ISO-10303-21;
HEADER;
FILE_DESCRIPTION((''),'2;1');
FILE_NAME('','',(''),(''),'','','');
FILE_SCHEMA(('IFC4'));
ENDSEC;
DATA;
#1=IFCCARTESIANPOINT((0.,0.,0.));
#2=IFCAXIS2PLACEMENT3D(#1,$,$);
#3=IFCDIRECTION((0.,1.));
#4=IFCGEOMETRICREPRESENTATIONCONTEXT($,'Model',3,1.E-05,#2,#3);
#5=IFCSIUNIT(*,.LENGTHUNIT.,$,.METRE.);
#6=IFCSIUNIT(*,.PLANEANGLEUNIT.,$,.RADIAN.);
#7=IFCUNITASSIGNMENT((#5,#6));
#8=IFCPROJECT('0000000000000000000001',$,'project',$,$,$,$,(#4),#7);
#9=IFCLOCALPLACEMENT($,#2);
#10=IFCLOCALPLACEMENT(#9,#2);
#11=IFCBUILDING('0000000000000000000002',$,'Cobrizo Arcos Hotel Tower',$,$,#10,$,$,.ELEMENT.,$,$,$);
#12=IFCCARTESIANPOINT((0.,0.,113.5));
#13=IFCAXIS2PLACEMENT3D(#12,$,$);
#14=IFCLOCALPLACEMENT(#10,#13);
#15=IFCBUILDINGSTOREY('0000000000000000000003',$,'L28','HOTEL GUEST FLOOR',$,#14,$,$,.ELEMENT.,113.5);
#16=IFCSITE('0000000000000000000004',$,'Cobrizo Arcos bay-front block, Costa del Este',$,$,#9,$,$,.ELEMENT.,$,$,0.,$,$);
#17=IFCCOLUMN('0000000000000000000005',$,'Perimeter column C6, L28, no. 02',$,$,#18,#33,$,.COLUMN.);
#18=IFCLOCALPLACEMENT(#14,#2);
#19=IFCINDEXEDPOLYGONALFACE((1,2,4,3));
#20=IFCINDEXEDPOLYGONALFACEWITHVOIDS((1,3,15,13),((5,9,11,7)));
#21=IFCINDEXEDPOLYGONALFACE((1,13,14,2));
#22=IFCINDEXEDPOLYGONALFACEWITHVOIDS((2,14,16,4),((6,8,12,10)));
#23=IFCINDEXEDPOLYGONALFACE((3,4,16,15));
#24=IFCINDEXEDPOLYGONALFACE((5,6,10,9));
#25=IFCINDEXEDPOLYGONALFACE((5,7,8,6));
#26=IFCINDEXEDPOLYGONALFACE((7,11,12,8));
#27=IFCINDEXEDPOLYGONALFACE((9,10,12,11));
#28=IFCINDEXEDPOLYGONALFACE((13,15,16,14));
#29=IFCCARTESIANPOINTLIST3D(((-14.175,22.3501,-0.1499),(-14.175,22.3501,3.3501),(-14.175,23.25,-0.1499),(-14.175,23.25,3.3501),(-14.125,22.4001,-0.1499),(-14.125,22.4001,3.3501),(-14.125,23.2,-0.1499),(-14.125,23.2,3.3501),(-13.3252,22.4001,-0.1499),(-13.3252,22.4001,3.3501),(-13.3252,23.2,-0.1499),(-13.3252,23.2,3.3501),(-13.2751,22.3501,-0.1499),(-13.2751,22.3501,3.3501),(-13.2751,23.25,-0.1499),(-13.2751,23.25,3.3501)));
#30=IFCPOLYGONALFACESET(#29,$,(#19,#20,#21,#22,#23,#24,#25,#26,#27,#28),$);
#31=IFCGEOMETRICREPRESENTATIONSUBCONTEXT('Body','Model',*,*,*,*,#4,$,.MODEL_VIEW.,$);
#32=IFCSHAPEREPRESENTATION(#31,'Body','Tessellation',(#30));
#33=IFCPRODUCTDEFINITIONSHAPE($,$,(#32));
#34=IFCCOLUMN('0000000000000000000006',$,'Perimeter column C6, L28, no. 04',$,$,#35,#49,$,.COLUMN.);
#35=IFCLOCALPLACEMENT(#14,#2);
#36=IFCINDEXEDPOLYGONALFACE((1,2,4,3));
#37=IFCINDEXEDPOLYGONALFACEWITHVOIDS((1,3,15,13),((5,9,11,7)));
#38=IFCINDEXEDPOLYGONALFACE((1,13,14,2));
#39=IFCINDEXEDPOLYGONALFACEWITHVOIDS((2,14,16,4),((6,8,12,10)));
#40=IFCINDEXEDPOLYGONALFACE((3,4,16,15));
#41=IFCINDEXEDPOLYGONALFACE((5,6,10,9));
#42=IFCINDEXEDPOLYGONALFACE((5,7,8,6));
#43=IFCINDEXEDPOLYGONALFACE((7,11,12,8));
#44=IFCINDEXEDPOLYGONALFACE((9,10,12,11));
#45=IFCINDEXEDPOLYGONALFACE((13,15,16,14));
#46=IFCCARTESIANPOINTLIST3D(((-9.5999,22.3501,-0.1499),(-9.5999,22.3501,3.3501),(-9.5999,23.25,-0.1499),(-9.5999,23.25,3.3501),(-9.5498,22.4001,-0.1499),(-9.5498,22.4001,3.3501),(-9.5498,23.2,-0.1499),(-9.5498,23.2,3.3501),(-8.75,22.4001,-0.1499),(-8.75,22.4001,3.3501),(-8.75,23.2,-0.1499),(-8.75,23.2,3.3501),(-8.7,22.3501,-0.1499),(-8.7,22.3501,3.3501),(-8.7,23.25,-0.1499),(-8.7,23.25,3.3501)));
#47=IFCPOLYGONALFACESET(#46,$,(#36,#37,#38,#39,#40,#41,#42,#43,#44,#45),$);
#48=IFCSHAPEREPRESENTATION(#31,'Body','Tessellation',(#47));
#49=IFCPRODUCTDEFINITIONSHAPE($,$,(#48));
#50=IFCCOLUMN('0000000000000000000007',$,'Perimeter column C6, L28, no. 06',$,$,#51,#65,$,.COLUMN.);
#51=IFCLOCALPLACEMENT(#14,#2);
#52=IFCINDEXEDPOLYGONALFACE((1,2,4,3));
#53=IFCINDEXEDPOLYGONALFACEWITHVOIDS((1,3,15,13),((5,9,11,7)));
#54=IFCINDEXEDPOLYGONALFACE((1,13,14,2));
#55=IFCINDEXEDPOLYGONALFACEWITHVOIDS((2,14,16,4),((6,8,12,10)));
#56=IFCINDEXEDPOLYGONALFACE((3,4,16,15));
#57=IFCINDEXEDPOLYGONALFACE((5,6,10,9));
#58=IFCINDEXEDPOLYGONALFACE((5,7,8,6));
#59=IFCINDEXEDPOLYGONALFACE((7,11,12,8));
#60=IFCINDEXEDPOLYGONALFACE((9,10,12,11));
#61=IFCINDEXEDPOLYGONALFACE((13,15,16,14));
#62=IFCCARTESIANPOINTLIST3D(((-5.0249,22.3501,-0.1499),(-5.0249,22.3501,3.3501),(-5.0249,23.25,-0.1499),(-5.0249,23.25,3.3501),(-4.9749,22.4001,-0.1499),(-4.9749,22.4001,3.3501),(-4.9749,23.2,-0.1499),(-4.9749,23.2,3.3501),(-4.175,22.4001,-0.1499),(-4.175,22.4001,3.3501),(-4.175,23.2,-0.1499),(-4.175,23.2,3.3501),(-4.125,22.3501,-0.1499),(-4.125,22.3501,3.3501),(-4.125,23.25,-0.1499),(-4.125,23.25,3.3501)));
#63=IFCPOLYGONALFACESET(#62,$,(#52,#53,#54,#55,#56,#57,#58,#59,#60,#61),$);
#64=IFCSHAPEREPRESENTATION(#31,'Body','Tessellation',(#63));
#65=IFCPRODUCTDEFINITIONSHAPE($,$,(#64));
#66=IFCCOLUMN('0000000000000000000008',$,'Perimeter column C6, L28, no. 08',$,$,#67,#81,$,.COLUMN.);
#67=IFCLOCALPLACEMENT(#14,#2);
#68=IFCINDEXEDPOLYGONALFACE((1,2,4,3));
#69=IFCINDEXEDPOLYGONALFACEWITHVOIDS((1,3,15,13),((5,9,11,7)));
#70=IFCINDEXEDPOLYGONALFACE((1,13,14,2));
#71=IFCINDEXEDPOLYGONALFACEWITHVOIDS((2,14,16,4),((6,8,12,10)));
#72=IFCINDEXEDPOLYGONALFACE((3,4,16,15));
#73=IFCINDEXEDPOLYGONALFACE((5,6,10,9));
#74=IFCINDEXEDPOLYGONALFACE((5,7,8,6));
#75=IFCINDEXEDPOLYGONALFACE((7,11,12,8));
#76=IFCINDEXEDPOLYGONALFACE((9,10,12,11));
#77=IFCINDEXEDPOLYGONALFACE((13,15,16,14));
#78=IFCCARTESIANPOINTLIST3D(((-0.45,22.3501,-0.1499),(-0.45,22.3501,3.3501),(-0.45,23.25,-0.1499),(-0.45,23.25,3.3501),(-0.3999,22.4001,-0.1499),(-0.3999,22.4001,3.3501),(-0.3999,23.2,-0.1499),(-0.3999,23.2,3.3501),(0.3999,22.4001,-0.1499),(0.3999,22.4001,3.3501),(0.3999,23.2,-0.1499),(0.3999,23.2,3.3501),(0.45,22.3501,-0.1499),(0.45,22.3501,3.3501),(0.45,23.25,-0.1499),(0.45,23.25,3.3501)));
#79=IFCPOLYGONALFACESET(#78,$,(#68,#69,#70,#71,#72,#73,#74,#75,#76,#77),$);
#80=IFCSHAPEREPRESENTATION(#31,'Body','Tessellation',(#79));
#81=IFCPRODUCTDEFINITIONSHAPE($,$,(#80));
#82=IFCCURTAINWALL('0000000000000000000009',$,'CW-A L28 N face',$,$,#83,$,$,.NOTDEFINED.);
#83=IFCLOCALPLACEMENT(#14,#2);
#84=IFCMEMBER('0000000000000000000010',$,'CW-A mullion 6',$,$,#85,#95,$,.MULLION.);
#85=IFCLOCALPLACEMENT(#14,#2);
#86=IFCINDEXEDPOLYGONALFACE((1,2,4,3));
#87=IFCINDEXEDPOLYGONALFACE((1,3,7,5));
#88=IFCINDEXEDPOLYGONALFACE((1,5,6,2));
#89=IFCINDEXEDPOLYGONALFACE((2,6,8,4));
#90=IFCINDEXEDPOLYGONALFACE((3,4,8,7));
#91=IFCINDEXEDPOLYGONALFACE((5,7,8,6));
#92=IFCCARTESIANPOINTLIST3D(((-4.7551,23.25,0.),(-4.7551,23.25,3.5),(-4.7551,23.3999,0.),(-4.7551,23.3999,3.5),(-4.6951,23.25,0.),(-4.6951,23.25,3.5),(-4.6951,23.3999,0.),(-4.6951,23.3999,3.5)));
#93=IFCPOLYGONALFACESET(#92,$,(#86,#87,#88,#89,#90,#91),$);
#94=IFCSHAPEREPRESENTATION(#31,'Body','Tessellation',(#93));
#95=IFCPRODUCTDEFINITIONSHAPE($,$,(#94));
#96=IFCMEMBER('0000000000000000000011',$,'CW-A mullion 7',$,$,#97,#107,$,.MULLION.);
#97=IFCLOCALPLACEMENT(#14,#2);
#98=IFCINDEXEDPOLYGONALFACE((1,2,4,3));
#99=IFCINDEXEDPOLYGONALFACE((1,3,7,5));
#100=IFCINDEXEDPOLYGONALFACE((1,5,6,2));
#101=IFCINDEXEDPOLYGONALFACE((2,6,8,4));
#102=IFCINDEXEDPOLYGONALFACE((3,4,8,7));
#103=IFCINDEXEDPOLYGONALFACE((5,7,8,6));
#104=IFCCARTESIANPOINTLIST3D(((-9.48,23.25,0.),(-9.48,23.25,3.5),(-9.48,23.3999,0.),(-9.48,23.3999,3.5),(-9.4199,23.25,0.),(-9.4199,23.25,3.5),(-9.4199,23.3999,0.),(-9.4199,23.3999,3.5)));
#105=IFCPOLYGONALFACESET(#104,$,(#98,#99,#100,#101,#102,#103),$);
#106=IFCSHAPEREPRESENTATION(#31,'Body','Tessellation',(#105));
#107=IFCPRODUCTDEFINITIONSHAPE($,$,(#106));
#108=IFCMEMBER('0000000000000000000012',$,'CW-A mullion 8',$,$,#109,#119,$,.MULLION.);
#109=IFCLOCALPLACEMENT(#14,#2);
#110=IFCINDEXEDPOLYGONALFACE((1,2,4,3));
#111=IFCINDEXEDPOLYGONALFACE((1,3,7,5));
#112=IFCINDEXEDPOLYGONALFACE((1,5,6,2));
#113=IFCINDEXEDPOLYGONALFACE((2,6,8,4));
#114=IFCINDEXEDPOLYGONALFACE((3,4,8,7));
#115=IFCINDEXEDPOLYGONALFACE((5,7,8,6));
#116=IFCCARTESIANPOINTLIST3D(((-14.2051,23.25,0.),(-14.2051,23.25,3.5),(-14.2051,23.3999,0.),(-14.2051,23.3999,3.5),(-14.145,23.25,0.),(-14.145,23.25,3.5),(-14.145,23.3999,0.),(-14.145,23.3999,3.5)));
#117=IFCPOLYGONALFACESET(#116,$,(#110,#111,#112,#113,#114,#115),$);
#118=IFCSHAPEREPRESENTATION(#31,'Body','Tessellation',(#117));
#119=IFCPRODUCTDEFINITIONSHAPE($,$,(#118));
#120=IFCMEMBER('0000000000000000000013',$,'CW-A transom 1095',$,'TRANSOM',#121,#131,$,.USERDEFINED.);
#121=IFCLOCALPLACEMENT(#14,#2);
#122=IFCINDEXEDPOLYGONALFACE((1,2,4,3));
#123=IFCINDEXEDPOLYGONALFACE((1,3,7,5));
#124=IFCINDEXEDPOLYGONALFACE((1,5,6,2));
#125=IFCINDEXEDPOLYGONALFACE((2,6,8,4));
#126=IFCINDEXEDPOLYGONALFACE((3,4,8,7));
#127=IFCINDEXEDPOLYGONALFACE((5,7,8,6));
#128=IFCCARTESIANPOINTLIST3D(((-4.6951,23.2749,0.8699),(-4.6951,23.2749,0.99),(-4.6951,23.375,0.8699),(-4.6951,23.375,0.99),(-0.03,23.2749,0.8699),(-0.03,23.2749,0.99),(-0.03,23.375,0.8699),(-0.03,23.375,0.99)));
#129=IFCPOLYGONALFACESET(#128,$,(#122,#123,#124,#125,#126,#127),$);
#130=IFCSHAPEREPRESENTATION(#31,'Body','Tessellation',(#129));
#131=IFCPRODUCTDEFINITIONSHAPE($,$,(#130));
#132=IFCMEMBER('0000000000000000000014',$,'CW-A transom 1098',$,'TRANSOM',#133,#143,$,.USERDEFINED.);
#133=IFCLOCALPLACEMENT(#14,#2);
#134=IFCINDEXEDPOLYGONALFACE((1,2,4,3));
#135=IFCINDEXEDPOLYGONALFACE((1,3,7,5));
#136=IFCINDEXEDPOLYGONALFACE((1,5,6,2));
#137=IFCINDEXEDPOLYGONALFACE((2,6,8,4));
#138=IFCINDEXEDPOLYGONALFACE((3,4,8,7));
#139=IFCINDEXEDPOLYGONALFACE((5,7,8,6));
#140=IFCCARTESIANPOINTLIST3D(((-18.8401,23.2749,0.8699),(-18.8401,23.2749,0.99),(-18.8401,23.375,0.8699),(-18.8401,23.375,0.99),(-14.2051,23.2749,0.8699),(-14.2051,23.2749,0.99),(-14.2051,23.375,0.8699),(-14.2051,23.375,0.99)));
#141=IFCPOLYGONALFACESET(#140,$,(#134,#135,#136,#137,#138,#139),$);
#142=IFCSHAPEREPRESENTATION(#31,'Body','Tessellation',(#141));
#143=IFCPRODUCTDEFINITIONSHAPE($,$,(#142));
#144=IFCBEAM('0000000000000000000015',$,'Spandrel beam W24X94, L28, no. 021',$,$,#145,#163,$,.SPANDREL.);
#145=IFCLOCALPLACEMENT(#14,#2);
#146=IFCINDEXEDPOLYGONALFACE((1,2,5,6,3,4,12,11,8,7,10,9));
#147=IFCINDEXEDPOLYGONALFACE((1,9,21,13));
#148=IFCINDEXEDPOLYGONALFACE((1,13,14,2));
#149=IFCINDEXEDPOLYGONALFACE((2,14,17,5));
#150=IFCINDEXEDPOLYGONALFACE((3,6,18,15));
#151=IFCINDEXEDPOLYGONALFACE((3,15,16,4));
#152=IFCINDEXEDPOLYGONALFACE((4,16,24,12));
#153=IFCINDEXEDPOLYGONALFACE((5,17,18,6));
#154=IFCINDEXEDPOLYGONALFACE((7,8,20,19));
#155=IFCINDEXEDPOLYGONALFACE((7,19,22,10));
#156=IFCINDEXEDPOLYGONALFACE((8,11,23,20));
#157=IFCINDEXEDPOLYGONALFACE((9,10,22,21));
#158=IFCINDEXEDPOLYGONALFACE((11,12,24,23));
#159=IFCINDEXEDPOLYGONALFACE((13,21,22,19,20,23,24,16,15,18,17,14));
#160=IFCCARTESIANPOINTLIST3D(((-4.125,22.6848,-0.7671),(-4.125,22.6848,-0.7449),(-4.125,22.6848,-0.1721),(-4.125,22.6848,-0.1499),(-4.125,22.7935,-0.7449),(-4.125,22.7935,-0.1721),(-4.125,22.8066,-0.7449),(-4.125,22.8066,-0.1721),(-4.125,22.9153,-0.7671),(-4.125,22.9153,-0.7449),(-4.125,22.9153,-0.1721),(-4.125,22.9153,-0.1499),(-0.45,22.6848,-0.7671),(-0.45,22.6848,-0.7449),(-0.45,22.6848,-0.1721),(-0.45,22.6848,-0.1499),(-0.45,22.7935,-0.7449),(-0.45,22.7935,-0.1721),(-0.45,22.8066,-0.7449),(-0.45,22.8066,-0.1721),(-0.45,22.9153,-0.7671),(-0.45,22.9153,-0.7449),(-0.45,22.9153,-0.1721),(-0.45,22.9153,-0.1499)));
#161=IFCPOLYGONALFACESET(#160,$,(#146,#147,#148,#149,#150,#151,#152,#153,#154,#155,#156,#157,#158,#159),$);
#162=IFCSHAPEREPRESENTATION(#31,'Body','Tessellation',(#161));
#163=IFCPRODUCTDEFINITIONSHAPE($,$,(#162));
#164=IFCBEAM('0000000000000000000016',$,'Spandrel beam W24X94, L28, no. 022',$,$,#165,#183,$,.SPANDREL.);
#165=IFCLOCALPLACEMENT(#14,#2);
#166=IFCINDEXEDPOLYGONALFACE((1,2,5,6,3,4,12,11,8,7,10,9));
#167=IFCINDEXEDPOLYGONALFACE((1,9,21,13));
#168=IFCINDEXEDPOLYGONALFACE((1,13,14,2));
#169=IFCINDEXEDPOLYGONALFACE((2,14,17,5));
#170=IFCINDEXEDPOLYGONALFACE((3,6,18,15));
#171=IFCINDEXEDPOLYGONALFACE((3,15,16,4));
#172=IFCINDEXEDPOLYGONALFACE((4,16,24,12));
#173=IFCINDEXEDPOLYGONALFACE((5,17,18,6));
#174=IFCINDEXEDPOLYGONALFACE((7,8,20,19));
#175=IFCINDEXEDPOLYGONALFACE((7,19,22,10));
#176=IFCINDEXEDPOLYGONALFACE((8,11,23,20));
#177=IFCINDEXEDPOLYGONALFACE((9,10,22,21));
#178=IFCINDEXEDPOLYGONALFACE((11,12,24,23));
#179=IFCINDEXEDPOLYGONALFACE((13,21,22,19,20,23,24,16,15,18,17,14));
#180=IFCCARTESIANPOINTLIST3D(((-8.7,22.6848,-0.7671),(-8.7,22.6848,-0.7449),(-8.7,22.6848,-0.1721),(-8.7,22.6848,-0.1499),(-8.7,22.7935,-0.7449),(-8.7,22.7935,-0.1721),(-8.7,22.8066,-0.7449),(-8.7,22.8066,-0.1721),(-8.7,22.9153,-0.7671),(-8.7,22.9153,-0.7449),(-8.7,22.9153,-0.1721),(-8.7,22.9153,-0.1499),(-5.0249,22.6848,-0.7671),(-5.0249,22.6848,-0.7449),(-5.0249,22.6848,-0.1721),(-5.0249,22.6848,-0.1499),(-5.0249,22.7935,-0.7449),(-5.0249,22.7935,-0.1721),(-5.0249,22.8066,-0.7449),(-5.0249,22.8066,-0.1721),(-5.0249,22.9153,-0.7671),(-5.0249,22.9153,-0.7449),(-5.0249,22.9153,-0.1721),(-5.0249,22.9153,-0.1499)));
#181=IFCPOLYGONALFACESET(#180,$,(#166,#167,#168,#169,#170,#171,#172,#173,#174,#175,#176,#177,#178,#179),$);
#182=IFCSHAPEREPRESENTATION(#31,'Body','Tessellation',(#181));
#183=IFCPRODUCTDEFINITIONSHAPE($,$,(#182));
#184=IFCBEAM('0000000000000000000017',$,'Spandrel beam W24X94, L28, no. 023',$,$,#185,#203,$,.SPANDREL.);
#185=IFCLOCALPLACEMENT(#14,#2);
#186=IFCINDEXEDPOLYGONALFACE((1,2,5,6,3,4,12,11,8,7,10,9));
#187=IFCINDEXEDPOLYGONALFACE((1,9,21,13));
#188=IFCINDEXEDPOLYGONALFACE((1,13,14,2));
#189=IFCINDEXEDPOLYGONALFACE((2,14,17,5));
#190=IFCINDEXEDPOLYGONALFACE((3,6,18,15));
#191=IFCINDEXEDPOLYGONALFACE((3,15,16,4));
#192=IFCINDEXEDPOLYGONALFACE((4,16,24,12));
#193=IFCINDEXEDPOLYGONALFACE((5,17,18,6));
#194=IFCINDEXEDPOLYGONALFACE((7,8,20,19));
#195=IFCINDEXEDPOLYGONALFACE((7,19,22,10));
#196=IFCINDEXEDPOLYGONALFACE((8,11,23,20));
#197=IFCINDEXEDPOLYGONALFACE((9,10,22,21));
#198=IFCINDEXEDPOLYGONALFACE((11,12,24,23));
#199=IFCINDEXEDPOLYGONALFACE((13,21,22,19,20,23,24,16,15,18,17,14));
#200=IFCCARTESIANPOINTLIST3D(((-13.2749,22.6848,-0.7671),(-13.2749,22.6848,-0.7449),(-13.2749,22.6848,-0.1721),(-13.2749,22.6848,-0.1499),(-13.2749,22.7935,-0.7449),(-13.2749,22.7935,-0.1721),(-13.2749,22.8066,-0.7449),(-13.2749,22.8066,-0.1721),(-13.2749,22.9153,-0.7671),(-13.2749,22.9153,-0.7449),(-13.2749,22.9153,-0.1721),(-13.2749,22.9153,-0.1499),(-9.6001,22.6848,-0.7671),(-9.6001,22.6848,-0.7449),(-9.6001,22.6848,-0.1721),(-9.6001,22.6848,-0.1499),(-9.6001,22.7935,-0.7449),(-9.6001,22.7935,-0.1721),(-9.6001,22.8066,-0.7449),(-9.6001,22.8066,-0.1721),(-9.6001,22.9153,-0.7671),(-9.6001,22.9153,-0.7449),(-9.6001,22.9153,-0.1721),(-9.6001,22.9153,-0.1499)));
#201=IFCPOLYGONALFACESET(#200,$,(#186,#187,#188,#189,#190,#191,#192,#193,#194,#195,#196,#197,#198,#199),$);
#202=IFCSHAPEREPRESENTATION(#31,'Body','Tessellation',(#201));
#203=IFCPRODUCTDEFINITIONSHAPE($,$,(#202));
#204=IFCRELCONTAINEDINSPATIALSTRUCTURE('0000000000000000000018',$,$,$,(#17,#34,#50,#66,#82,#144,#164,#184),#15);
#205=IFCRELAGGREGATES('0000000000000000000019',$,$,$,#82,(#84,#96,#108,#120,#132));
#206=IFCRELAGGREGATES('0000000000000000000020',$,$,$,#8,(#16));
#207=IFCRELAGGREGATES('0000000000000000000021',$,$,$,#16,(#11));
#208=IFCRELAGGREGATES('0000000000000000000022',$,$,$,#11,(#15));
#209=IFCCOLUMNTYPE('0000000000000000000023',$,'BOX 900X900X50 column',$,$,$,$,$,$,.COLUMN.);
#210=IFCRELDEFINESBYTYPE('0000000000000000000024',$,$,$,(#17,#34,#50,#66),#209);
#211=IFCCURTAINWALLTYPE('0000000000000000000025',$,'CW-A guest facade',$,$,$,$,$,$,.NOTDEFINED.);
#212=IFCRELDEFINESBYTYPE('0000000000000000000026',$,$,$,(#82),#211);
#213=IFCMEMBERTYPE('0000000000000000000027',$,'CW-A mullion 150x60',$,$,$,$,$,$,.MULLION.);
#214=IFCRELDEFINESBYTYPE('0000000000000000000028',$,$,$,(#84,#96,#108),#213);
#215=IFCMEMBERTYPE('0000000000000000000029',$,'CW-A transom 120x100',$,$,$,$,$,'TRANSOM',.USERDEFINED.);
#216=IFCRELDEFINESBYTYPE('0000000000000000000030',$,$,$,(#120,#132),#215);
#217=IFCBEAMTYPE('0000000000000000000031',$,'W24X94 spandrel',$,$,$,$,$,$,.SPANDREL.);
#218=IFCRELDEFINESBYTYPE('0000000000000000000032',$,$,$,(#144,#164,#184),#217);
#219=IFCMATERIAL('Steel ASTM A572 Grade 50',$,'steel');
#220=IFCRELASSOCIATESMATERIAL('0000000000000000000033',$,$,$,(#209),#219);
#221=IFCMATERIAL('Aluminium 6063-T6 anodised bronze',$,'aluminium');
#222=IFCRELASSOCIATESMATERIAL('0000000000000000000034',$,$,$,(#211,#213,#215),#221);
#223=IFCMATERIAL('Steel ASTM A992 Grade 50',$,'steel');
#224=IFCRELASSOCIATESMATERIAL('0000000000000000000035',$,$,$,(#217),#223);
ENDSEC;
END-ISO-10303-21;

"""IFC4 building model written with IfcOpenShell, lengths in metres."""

from ifc_helpers import new_model, si_unit, direction, frame, origin, origin_2d, place, context, subcontext, project, spatial, rectangle, hollow_rectangle, i_section, extrude, material, material_profile, profile_set, type_object, element, aggregate, save


model = new_model("IFC4")

# Units and contexts
model_context = context("Model", 3, precision=1e-05, world=origin(), true_north=direction((0.0, 1.0)))
body_context = subcontext(model_context, "Body", "Model", "MODEL_VIEW")
ifc_project = project(units=[si_unit("LENGTHUNIT", "METRE"), si_unit("PLANEANGLEUNIT", "RADIAN")], contexts=[model_context])

# Site, building, storey
site_placement = place(None, origin())
site = spatial("IfcSite", under=ifc_project, at=site_placement, Name="Cobrizo Arcos bay-front block, Costa del Este", CompositionType="ELEMENT", RefElevation=0.0)
building_placement = place(site_placement, origin())
building = spatial("IfcBuilding", under=site, at=building_placement, Name="Cobrizo Arcos Hotel Tower", CompositionType="ELEMENT")
storey_placement = place(building_placement, frame((0.0, 0.0, 113.5)))
storey = spatial("IfcBuildingStorey", under=building, at=storey_placement, Name="L28", Description="HOTEL GUEST FLOOR", CompositionType="ELEMENT", Elevation=113.5)

# Columns
ifc_material_1 = material(Name="Steel ASTM A572 Grade 50", Category="steel")
ifc_material_profile_1 = material_profile(ifc_material_1, hollow_rectangle(XDim=0.8999, YDim=0.8999, WallThickness=0.05, at=origin_2d()), Name="BOX 900X900X50")
ifc_profile_set_1 = profile_set([ifc_material_profile_1], Name="Steel ASTM A572 Grade 50")
column_type = type_object("IfcColumnType", Name="BOX 900X900X50 column", PredefinedType="COLUMN", material=ifc_profile_set_1)
for number, where, z_axis, x_axis, name in (
    (1, (-13.7251, 22.8, -0.1499), (0.0, 0.0, 1.0), (1.0, 0.0, 0.0), "Perimeter column C6, L28, no. 02"),
    (2, (-9.1499, 22.8, -0.1499), (0.0, 0.0, 1.0), (1.0, 0.0, 0.0), "Perimeter column C6, L28, no. 04"),
    (3, (-4.575, 22.8, -0.1499), (0.0, 0.0, 1.0), (1.0, 0.0, 0.0), "Perimeter column C6, L28, no. 06"),
    (4, (0.0, 22.8, -0.1499), (0.0, 0.0, 1.0), (1.0, 0.0, 0.0), "Perimeter column C6, L28, no. 08"),
):
    element("IfcColumn", number, at=place(storey_placement, frame(where, z_axis=z_axis, x_axis=x_axis)), inside=storey, type_object=column_type, Name=name, PredefinedType="COLUMN", context=body_context, shape_type="SweptSolid", body=[
        extrude(hollow_rectangle(XDim=0.8999, YDim=0.8999, WallThickness=0.05, at=origin_2d()), origin(), (0.0, 0.0, 1.0), 3.5),
    ])

# Curtain wall, members
ifc_material_2 = material(Name="Aluminium 6063-T6 anodised bronze", Category="aluminium")
curtain_wall_type = type_object("IfcCurtainWallType", Name="CW-A guest facade", PredefinedType="NOTDEFINED", material=ifc_material_2)
curtain_wall_placement = place(storey_placement, origin())
curtain_wall = element("IfcCurtainWall", 5, at=curtain_wall_placement, inside=storey, type_object=curtain_wall_type, Name="CW-A L28 N face", PredefinedType="NOTDEFINED")
ifc_material_profile_2 = material_profile(ifc_material_2, rectangle(XDim=0.1499, YDim=0.0601, at=origin_2d()), Name="CW-A mullion 150x60")
ifc_profile_set_2 = profile_set([ifc_material_profile_2], Name="Aluminium 6063-T6 anodised bronze")
member_type_1 = type_object("IfcMemberType", Name="CW-A mullion 150x60", PredefinedType="MULLION", material=ifc_profile_set_2)
member_1_placement = place(storey_placement, frame((-4.7251, 23.325, 0.0), z_axis=(0.0, 0.0, 1.0), x_axis=(0.0, 1.0, 0.0)))
member_1 = element("IfcMember", 6, at=member_1_placement, type_object=member_type_1, Name="CW-A mullion 6", PredefinedType="MULLION", context=body_context, shape_type="SweptSolid", body=[
    extrude(rectangle(XDim=0.1499, YDim=0.0601, at=origin_2d()), origin(), (0.0, 0.0, 1.0), 3.5),
])
member_2_placement = place(storey_placement, frame((-9.45, 23.325, 0.0), z_axis=(0.0, 0.0, 1.0), x_axis=(0.0, 1.0, 0.0)))
member_2 = element("IfcMember", 7, at=member_2_placement, type_object=member_type_1, Name="CW-A mullion 7", PredefinedType="MULLION", context=body_context, shape_type="SweptSolid", body=[
    extrude(rectangle(XDim=0.1499, YDim=0.0601, at=origin_2d()), origin(), (0.0, 0.0, 1.0), 3.5),
])
member_3_placement = place(storey_placement, frame((-14.175, 23.325, 0.0), z_axis=(0.0, 0.0, 1.0), x_axis=(0.0, 1.0, 0.0)))
member_3 = element("IfcMember", 8, at=member_3_placement, type_object=member_type_1, Name="CW-A mullion 8", PredefinedType="MULLION", context=body_context, shape_type="SweptSolid", body=[
    extrude(rectangle(XDim=0.1499, YDim=0.0601, at=origin_2d()), origin(), (0.0, 0.0, 1.0), 3.5),
])
ifc_material_profile_3 = material_profile(ifc_material_2, rectangle(XDim=0.1001, YDim=0.1201, at=origin_2d()), Name="CW-A transom 120x100")
ifc_profile_set_3 = profile_set([ifc_material_profile_3], Name="Aluminium 6063-T6 anodised bronze")
member_type_2 = type_object("IfcMemberType", Name="CW-A transom 120x100", ElementType="TRANSOM", PredefinedType="USERDEFINED", material=ifc_profile_set_3)
member_4_placement = place(storey_placement, frame((-0.03, 23.325, 0.9299), z_axis=(-1.0, 0.0, 0.0), x_axis=(0.0, -1.0, 0.0)))
member_4 = element("IfcMember", 9, at=member_4_placement, type_object=member_type_2, Name="CW-A transom 1095", ObjectType="TRANSOM", PredefinedType="USERDEFINED", context=body_context, shape_type="SweptSolid", body=[
    extrude(rectangle(XDim=0.1001, YDim=0.1201, at=origin_2d()), origin(), (0.0, 0.0, 1.0), 4.665),
])
member_5_placement = place(storey_placement, frame((-14.2051, 23.325, 0.9299), z_axis=(-1.0, 0.0, 0.0), x_axis=(0.0, -1.0, 0.0)))
member_5 = element("IfcMember", 10, at=member_5_placement, type_object=member_type_2, Name="CW-A transom 1098", ObjectType="TRANSOM", PredefinedType="USERDEFINED", context=body_context, shape_type="SweptSolid", body=[
    extrude(rectangle(XDim=0.1001, YDim=0.1201, at=origin_2d()), origin(), (0.0, 0.0, 1.0), 4.635),
])

# Beams
ifc_material_3 = material(Name="Steel ASTM A992 Grade 50", Category="steel")
ifc_material_profile_4 = material_profile(ifc_material_3, i_section(OverallWidth=0.2305, OverallDepth=0.6172, WebThickness=0.0132, FlangeThickness=0.0222, at=origin_2d()), Name="W24X94")
ifc_profile_set_4 = profile_set([ifc_material_profile_4], Name="Steel ASTM A992 Grade 50")
beam_type = type_object("IfcBeamType", Name="W24X94 spandrel", PredefinedType="SPANDREL", material=ifc_profile_set_4)
for number, where, z_axis, x_axis, name in (
    (11, (-0.45, 22.8, -0.4585), (-1.0, 0.0, 0.0), (0.0, -1.0, 0.0), "Spandrel beam W24X94, L28, no. 021"),
    (12, (-5.0249, 22.8, -0.4585), (-1.0, 0.0, 0.0), (0.0, -1.0, 0.0), "Spandrel beam W24X94, L28, no. 022"),
):
    element("IfcBeam", number, at=place(storey_placement, frame(where, z_axis=z_axis, x_axis=x_axis)), inside=storey, type_object=beam_type, Name=name, PredefinedType="SPANDREL", context=body_context, shape_type="SweptSolid", body=[
        extrude(i_section(OverallWidth=0.2305, OverallDepth=0.6172, WebThickness=0.0132, FlangeThickness=0.0222, at=origin_2d()), origin(), (0.0, 0.0, 1.0), 3.675),
    ])
beam_1_placement = place(storey_placement, frame((-9.6001, 22.8, -0.4585), z_axis=(-1.0, 0.0, 0.0), x_axis=(0.0, -1.0, 0.0)))
element("IfcBeam", 13, at=beam_1_placement, inside=storey, type_object=beam_type, Name="Spandrel beam W24X94, L28, no. 023", PredefinedType="SPANDREL", context=body_context, shape_type="SweptSolid", body=[
    extrude(i_section(OverallWidth=0.2305, OverallDepth=0.6172, WebThickness=0.0132, FlangeThickness=0.0222, at=origin_2d()), origin(), (0.0, 0.0, 1.0), 3.6748),
])

aggregate(curtain_wall, [member_1, member_2, member_3, member_4, member_5])

save(model, "model.ifc")
